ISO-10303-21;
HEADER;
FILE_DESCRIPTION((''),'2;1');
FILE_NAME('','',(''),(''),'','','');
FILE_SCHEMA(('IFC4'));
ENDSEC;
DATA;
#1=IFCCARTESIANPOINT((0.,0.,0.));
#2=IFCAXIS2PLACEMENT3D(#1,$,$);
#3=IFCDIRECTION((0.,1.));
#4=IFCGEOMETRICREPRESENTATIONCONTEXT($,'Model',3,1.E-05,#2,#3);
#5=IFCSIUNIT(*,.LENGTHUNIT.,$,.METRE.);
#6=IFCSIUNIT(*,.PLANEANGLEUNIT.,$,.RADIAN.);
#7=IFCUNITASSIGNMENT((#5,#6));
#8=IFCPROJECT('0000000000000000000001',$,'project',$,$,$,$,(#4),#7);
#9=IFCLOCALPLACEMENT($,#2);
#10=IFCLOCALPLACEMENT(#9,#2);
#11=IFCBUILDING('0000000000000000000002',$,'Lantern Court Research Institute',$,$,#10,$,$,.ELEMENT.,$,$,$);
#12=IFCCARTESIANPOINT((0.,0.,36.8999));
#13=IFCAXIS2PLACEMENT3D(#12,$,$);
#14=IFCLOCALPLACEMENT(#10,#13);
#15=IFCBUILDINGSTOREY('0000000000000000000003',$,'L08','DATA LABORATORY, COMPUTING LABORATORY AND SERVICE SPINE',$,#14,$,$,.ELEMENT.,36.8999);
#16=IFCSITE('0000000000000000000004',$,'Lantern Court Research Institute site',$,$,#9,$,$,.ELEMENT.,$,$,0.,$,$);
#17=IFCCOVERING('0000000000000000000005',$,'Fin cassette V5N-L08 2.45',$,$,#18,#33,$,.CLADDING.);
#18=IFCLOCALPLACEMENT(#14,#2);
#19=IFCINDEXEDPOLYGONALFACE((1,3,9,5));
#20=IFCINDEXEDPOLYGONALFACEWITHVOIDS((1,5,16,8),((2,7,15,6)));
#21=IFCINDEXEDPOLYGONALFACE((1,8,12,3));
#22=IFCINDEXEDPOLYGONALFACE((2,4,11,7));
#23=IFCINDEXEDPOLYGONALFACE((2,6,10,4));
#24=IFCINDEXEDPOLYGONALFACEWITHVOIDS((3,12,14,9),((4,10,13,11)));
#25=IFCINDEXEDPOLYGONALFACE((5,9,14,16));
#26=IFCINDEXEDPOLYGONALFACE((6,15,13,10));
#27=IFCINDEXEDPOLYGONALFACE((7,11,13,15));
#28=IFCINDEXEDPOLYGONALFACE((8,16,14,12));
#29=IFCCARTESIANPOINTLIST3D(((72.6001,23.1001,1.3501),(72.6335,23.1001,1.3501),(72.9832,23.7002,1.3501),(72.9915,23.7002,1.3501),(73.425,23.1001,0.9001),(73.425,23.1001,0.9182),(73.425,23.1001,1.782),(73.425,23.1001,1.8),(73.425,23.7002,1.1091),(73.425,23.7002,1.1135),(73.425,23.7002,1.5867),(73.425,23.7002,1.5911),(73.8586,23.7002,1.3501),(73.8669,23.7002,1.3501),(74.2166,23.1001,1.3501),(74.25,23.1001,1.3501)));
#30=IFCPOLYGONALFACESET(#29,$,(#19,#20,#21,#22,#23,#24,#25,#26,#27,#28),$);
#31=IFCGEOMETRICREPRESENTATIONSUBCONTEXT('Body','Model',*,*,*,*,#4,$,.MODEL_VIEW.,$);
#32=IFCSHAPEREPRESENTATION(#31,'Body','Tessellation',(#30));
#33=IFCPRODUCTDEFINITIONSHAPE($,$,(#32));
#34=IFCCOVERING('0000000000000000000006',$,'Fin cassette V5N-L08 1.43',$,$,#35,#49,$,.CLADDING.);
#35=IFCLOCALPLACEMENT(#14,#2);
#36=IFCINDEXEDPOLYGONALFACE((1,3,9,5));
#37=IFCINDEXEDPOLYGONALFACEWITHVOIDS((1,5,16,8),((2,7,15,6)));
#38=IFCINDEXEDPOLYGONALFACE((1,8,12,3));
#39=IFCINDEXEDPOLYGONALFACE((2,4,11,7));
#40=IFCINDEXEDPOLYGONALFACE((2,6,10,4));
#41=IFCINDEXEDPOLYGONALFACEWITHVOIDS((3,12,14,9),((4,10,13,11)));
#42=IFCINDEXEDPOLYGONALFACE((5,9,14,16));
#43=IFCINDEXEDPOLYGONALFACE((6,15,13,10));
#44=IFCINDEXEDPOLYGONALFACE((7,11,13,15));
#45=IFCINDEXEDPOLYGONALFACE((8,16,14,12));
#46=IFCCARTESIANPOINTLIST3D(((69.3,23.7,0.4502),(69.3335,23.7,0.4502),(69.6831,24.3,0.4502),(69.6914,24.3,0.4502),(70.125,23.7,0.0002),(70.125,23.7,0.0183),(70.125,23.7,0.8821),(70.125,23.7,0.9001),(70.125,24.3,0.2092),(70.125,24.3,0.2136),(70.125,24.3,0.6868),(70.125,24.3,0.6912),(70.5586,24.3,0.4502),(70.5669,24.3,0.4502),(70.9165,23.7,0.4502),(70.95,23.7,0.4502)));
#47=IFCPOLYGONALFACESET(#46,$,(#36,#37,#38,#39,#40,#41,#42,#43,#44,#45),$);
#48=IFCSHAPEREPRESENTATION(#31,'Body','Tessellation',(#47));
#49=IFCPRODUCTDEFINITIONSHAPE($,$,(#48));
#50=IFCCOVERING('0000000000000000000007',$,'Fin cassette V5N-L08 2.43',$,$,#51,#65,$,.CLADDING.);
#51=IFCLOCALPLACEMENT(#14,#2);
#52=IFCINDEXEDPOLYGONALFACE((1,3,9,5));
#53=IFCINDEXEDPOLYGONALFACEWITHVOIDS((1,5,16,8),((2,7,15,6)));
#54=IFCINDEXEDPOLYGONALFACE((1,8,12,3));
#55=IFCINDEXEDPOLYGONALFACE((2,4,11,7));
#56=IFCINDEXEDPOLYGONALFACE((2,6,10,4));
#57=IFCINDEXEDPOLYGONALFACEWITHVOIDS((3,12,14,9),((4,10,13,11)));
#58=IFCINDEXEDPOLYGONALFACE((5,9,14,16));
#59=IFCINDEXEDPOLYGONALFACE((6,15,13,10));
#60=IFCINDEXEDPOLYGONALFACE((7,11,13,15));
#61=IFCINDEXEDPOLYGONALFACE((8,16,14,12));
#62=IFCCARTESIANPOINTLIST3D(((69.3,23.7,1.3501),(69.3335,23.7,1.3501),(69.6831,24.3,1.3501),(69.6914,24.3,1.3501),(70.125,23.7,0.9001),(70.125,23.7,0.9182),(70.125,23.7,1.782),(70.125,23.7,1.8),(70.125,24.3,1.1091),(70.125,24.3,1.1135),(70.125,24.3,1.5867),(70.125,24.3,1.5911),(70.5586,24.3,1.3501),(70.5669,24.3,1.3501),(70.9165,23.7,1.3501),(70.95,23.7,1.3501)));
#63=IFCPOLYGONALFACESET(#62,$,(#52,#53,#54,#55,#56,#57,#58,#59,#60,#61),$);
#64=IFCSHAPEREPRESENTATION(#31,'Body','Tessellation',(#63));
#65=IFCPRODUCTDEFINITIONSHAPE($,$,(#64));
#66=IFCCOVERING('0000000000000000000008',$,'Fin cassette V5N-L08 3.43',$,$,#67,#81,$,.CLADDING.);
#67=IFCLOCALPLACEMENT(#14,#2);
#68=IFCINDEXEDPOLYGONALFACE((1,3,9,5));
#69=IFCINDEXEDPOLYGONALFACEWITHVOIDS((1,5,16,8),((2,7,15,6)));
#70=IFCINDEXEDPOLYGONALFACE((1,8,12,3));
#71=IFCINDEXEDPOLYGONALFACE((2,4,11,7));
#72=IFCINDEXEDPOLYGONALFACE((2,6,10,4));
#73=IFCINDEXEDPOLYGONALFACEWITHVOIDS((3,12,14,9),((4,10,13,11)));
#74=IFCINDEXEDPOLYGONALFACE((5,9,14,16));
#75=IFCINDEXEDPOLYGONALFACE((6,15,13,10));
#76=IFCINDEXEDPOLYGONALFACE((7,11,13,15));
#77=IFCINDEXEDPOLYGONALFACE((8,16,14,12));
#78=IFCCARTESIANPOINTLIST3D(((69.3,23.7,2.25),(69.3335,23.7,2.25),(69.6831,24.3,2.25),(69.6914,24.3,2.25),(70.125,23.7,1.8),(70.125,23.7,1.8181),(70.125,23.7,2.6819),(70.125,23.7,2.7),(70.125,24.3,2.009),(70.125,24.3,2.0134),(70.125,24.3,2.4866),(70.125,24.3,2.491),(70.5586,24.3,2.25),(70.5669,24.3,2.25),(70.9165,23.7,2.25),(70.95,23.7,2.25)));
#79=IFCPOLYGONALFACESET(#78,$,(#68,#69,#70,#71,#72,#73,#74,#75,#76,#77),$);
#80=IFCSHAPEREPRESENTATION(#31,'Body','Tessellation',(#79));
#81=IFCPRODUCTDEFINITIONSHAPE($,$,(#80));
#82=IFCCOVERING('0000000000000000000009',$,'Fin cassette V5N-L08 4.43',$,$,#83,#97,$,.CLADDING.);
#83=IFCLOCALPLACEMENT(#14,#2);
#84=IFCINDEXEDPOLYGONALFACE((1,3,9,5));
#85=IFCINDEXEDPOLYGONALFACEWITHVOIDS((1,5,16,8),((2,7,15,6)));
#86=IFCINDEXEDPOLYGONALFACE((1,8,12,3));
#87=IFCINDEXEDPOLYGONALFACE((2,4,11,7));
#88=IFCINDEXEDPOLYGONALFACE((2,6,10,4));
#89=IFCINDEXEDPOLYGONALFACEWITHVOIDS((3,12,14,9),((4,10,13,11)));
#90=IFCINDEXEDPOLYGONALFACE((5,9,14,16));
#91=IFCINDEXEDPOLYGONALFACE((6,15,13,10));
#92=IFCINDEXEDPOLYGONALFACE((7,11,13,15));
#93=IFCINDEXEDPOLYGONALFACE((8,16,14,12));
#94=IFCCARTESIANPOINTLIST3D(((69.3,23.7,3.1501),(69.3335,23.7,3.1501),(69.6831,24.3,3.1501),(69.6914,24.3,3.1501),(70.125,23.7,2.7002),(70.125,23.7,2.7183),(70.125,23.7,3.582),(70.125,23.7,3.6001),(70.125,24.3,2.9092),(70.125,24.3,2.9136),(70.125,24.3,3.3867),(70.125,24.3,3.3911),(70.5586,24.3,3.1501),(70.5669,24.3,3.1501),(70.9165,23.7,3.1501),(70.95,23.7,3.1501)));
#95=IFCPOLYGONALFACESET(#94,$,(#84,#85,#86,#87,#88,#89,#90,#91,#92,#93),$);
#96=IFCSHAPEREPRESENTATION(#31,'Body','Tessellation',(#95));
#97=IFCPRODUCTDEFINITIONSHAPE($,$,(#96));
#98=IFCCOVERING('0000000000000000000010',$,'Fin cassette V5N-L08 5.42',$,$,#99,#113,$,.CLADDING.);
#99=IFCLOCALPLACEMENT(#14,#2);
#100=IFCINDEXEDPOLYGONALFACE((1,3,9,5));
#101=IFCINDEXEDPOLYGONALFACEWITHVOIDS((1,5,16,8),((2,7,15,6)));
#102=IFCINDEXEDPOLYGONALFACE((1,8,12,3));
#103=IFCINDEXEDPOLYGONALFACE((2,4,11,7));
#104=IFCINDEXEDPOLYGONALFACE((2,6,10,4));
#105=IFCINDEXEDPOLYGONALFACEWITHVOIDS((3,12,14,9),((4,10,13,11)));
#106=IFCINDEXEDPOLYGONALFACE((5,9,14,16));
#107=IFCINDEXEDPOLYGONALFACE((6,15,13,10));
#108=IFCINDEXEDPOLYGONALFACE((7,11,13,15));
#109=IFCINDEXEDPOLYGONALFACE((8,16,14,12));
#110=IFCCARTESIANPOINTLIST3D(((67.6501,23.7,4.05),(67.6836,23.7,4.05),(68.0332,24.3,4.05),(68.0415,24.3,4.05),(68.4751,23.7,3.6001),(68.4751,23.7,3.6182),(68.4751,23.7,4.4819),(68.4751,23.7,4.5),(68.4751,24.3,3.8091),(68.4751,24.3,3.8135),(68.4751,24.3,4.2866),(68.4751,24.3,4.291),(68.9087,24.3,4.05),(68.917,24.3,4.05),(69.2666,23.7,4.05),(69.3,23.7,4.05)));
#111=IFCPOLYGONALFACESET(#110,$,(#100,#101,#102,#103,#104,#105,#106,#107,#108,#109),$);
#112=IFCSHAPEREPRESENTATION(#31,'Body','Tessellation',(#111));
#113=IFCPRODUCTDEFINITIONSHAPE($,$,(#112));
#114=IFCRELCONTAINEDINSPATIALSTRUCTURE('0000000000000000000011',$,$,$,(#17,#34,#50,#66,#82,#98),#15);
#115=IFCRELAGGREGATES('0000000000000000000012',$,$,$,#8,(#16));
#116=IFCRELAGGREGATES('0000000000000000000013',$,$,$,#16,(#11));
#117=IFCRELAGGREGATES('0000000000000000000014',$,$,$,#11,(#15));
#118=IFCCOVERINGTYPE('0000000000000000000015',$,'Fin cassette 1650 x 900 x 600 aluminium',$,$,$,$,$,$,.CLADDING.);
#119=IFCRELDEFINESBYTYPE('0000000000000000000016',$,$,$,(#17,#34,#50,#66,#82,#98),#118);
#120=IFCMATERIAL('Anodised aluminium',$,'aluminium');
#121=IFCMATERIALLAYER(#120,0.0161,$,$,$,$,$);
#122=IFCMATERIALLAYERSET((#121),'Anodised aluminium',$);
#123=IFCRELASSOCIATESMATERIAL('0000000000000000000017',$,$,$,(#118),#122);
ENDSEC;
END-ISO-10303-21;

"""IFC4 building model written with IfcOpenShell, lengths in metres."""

from ifc_helpers import new_model, entity, si_unit, direction, frame, origin, place, context, subcontext, project, spatial, material, layer, layer_set, type_object, element, save


model = new_model("IFC4")

# Units and contexts
model_context = context("Model", 3, precision=1e-05, world=origin(), true_north=direction((0.0, 1.0)))
body_context = subcontext(model_context, "Body", "Model", "MODEL_VIEW")
ifc_project = project(units=[si_unit("LENGTHUNIT", "METRE"), si_unit("PLANEANGLEUNIT", "RADIAN")], contexts=[model_context])

# Site, building, storey
site_placement = place(None, origin())
site = spatial("IfcSite", under=ifc_project, at=site_placement, Name="Lantern Court Research Institute site", CompositionType="ELEMENT", RefElevation=0.0)
building_placement = place(site_placement, origin())
building = spatial("IfcBuilding", under=site, at=building_placement, Name="Lantern Court Research Institute", CompositionType="ELEMENT")
storey_placement = place(building_placement, frame((0.0, 0.0, 36.8999)))
storey = spatial("IfcBuildingStorey", under=building, at=storey_placement, Name="L08", Description="DATA LABORATORY, COMPUTING LABORATORY AND SERVICE SPINE", CompositionType="ELEMENT", Elevation=36.8999)

# Coverings
ifc_material_1 = material(Name="Anodised aluminium", Category="aluminium")
ifc_layer_1 = layer(ifc_material_1, 0.0161)
ifc_layer_set_1 = layer_set([ifc_layer_1], Name="Anodised aluminium")
covering_type = type_object("IfcCoveringType", Name="Fin cassette 1650 x 900 x 600 aluminium", PredefinedType="CLADDING", material=ifc_layer_set_1)
covering_1_placement = place(storey_placement, frame((73.425, 23.1001, 1.3501), z_axis=(0.0, 1.0, 0.0), x_axis=(-1.0, 0.0, 0.0)))
cartesian_point_1 = entity("IfcCartesianPoint", [0.825, 0.0])
cartesian_point_2 = entity("IfcCartesianPoint", [0.7915, 0.0])
cartesian_point_3 = entity("IfcCartesianPoint", [0.4419, 0.0])
cartesian_point_4 = entity("IfcCartesianPoint", [0.4336, 0.0])
element("IfcCovering", 1, at=covering_1_placement, inside=storey, type_object=covering_type, Name="Fin cassette V5N-L08 2.45", PredefinedType="CLADDING", context=body_context, shape_type="SweptSolid", body=[
    entity("IfcExtrudedAreaSolidTapered", entity("IfcArbitraryProfileDefWithVoids", "AREA", None, entity("IfcPolyline", [cartesian_point_1, entity("IfcCartesianPoint", [0.0, 0.45]), entity("IfcCartesianPoint", [-0.825, 0.0]), entity("IfcCartesianPoint", [0.0, -0.45]), cartesian_point_1]), [entity("IfcPolyline", [cartesian_point_2, entity("IfcCartesianPoint", [0.0, 0.4319]), entity("IfcCartesianPoint", [-0.7915, 0.0]), entity("IfcCartesianPoint", [0.0, -0.4319]), cartesian_point_2])]), entity("IfcAxis2Placement3D", entity("IfcCartesianPoint", [0.0, 0.0, 0.0])), entity("IfcDirection", [0.0, 0.0, 1.0]), 0.6001, entity("IfcArbitraryProfileDefWithVoids", "AREA", None, entity("IfcPolyline", [cartesian_point_3, entity("IfcCartesianPoint", [0.0, 0.241]), entity("IfcCartesianPoint", [-0.4419, 0.0]), entity("IfcCartesianPoint", [0.0, -0.241]), cartesian_point_3]), [entity("IfcPolyline", [cartesian_point_4, entity("IfcCartesianPoint", [0.0, 0.2366]), entity("IfcCartesianPoint", [-0.4336, 0.0]), entity("IfcCartesianPoint", [0.0, -0.2366]), cartesian_point_4])])),
])
covering_2_placement = place(storey_placement, frame((70.125, 23.7, 0.4502), z_axis=(0.0, 1.0, 0.0), x_axis=(-1.0, 0.0, 0.0)))
cartesian_point_5 = entity("IfcCartesianPoint", [0.825, 0.0])
cartesian_point_6 = entity("IfcCartesianPoint", [0.7915, 0.0])
cartesian_point_7 = entity("IfcCartesianPoint", [0.4419, 0.0])
cartesian_point_8 = entity("IfcCartesianPoint", [0.4336, 0.0])
element("IfcCovering", 2, at=covering_2_placement, inside=storey, type_object=covering_type, Name="Fin cassette V5N-L08 1.43", PredefinedType="CLADDING", context=body_context, shape_type="SweptSolid", body=[
    entity("IfcExtrudedAreaSolidTapered", entity("IfcArbitraryProfileDefWithVoids", "AREA", None, entity("IfcPolyline", [cartesian_point_5, entity("IfcCartesianPoint", [0.0, 0.45]), entity("IfcCartesianPoint", [-0.825, 0.0]), entity("IfcCartesianPoint", [0.0, -0.45]), cartesian_point_5]), [entity("IfcPolyline", [cartesian_point_6, entity("IfcCartesianPoint", [0.0, 0.4319]), entity("IfcCartesianPoint", [-0.7915, 0.0]), entity("IfcCartesianPoint", [0.0, -0.4319]), cartesian_point_6])]), entity("IfcAxis2Placement3D", entity("IfcCartesianPoint", [0.0, 0.0, 0.0])), entity("IfcDirection", [0.0, 0.0, 1.0]), 0.6001, entity("IfcArbitraryProfileDefWithVoids", "AREA", None, entity("IfcPolyline", [cartesian_point_7, entity("IfcCartesianPoint", [0.0, 0.241]), entity("IfcCartesianPoint", [-0.4419, 0.0]), entity("IfcCartesianPoint", [0.0, -0.241]), cartesian_point_7]), [entity("IfcPolyline", [cartesian_point_8, entity("IfcCartesianPoint", [0.0, 0.2366]), entity("IfcCartesianPoint", [-0.4336, 0.0]), entity("IfcCartesianPoint", [0.0, -0.2366]), cartesian_point_8])])),
])
covering_3_placement = place(storey_placement, frame((70.125, 23.7, 1.3501), z_axis=(0.0, 1.0, 0.0), x_axis=(-1.0, 0.0, 0.0)))
cartesian_point_9 = entity("IfcCartesianPoint", [0.825, 0.0])
cartesian_point_10 = entity("IfcCartesianPoint", [0.7915, 0.0])
cartesian_point_11 = entity("IfcCartesianPoint", [0.4419, 0.0])
cartesian_point_12 = entity("IfcCartesianPoint", [0.4336, 0.0])
element("IfcCovering", 3, at=covering_3_placement, inside=storey, type_object=covering_type, Name="Fin cassette V5N-L08 2.43", PredefinedType="CLADDING", context=body_context, shape_type="SweptSolid", body=[
    entity("IfcExtrudedAreaSolidTapered", entity("IfcArbitraryProfileDefWithVoids", "AREA", None, entity("IfcPolyline", [cartesian_point_9, entity("IfcCartesianPoint", [0.0, 0.45]), entity("IfcCartesianPoint", [-0.825, 0.0]), entity("IfcCartesianPoint", [0.0, -0.45]), cartesian_point_9]), [entity("IfcPolyline", [cartesian_point_10, entity("IfcCartesianPoint", [0.0, 0.4319]), entity("IfcCartesianPoint", [-0.7915, 0.0]), entity("IfcCartesianPoint", [0.0, -0.4319]), cartesian_point_10])]), entity("IfcAxis2Placement3D", entity("IfcCartesianPoint", [0.0, 0.0, 0.0])), entity("IfcDirection", [0.0, 0.0, 1.0]), 0.6001, entity("IfcArbitraryProfileDefWithVoids", "AREA", None, entity("IfcPolyline", [cartesian_point_11, entity("IfcCartesianPoint", [0.0, 0.241]), entity("IfcCartesianPoint", [-0.4419, 0.0]), entity("IfcCartesianPoint", [0.0, -0.241]), cartesian_point_11]), [entity("IfcPolyline", [cartesian_point_12, entity("IfcCartesianPoint", [0.0, 0.2366]), entity("IfcCartesianPoint", [-0.4336, 0.0]), entity("IfcCartesianPoint", [0.0, -0.2366]), cartesian_point_12])])),
])
covering_4_placement = place(storey_placement, frame((70.125, 23.7, 2.25), z_axis=(0.0, 1.0, 0.0), x_axis=(-1.0, 0.0, 0.0)))
cartesian_point_13 = entity("IfcCartesianPoint", [0.825, 0.0])
cartesian_point_14 = entity("IfcCartesianPoint", [0.7915, 0.0])
cartesian_point_15 = entity("IfcCartesianPoint", [0.4419, 0.0])
cartesian_point_16 = entity("IfcCartesianPoint", [0.4336, 0.0])
element("IfcCovering", 4, at=covering_4_placement, inside=storey, type_object=covering_type, Name="Fin cassette V5N-L08 3.43", PredefinedType="CLADDING", context=body_context, shape_type="SweptSolid", body=[
    entity("IfcExtrudedAreaSolidTapered", entity("IfcArbitraryProfileDefWithVoids", "AREA", None, entity("IfcPolyline", [cartesian_point_13, entity("IfcCartesianPoint", [0.0, 0.45]), entity("IfcCartesianPoint", [-0.825, 0.0]), entity("IfcCartesianPoint", [0.0, -0.45]), cartesian_point_13]), [entity("IfcPolyline", [cartesian_point_14, entity("IfcCartesianPoint", [0.0, 0.4319]), entity("IfcCartesianPoint", [-0.7915, 0.0]), entity("IfcCartesianPoint", [0.0, -0.4319]), cartesian_point_14])]), entity("IfcAxis2Placement3D", entity("IfcCartesianPoint", [0.0, 0.0, 0.0])), entity("IfcDirection", [0.0, 0.0, 1.0]), 0.6001, entity("IfcArbitraryProfileDefWithVoids", "AREA", None, entity("IfcPolyline", [cartesian_point_15, entity("IfcCartesianPoint", [0.0, 0.241]), entity("IfcCartesianPoint", [-0.4419, 0.0]), entity("IfcCartesianPoint", [0.0, -0.241]), cartesian_point_15]), [entity("IfcPolyline", [cartesian_point_16, entity("IfcCartesianPoint", [0.0, 0.2366]), entity("IfcCartesianPoint", [-0.4336, 0.0]), entity("IfcCartesianPoint", [0.0, -0.2366]), cartesian_point_16])])),
])
covering_5_placement = place(storey_placement, frame((70.125, 23.7, 3.1501), z_axis=(0.0, 1.0, 0.0), x_axis=(-1.0, 0.0, 0.0)))
cartesian_point_17 = entity("IfcCartesianPoint", [0.825, 0.0])
cartesian_point_18 = entity("IfcCartesianPoint", [0.7915, 0.0])
cartesian_point_19 = entity("IfcCartesianPoint", [0.4419, 0.0])
cartesian_point_20 = entity("IfcCartesianPoint", [0.4336, 0.0])
element("IfcCovering", 5, at=covering_5_placement, inside=storey, type_object=covering_type, Name="Fin cassette V5N-L08 4.43", PredefinedType="CLADDING", context=body_context, shape_type="SweptSolid", body=[
    entity("IfcExtrudedAreaSolidTapered", entity("IfcArbitraryProfileDefWithVoids", "AREA", None, entity("IfcPolyline", [cartesian_point_17, entity("IfcCartesianPoint", [0.0, 0.45]), entity("IfcCartesianPoint", [-0.825, 0.0]), entity("IfcCartesianPoint", [0.0, -0.45]), cartesian_point_17]), [entity("IfcPolyline", [cartesian_point_18, entity("IfcCartesianPoint", [0.0, 0.4319]), entity("IfcCartesianPoint", [-0.7915, 0.0]), entity("IfcCartesianPoint", [0.0, -0.4319]), cartesian_point_18])]), entity("IfcAxis2Placement3D", entity("IfcCartesianPoint", [0.0, 0.0, 0.0])), entity("IfcDirection", [0.0, 0.0, 1.0]), 0.6001, entity("IfcArbitraryProfileDefWithVoids", "AREA", None, entity("IfcPolyline", [cartesian_point_19, entity("IfcCartesianPoint", [0.0, 0.241]), entity("IfcCartesianPoint", [-0.4419, 0.0]), entity("IfcCartesianPoint", [0.0, -0.241]), cartesian_point_19]), [entity("IfcPolyline", [cartesian_point_20, entity("IfcCartesianPoint", [0.0, 0.2366]), entity("IfcCartesianPoint", [-0.4336, 0.0]), entity("IfcCartesianPoint", [0.0, -0.2366]), cartesian_point_20])])),
])
covering_6_placement = place(storey_placement, frame((68.4751, 23.7, 4.05), z_axis=(0.0, 1.0, 0.0), x_axis=(-1.0, 0.0, 0.0)))
cartesian_point_21 = entity("IfcCartesianPoint", [0.825, 0.0])
cartesian_point_22 = entity("IfcCartesianPoint", [0.7915, 0.0])
cartesian_point_23 = entity("IfcCartesianPoint", [0.4419, 0.0])
cartesian_point_24 = entity("IfcCartesianPoint", [0.4336, 0.0])
element("IfcCovering", 6, at=covering_6_placement, inside=storey, type_object=covering_type, Name="Fin cassette V5N-L08 5.42", PredefinedType="CLADDING", context=body_context, shape_type="SweptSolid", body=[
    entity("IfcExtrudedAreaSolidTapered", entity("IfcArbitraryProfileDefWithVoids", "AREA", None, entity("IfcPolyline", [cartesian_point_21, entity("IfcCartesianPoint", [0.0, 0.45]), entity("IfcCartesianPoint", [-0.825, 0.0]), entity("IfcCartesianPoint", [0.0, -0.45]), cartesian_point_21]), [entity("IfcPolyline", [cartesian_point_22, entity("IfcCartesianPoint", [0.0, 0.4319]), entity("IfcCartesianPoint", [-0.7915, 0.0]), entity("IfcCartesianPoint", [0.0, -0.4319]), cartesian_point_22])]), entity("IfcAxis2Placement3D", entity("IfcCartesianPoint", [0.0, 0.0, 0.0])), entity("IfcDirection", [0.0, 0.0, 1.0]), 0.6001, entity("IfcArbitraryProfileDefWithVoids", "AREA", None, entity("IfcPolyline", [cartesian_point_23, entity("IfcCartesianPoint", [0.0, 0.241]), entity("IfcCartesianPoint", [-0.4419, 0.0]), entity("IfcCartesianPoint", [0.0, -0.241]), cartesian_point_23]), [entity("IfcPolyline", [cartesian_point_24, entity("IfcCartesianPoint", [0.0, 0.2366]), entity("IfcCartesianPoint", [-0.4336, 0.0]), entity("IfcCartesianPoint", [0.0, -0.2366]), cartesian_point_24])])),
])

save(model, "model.ifc")
